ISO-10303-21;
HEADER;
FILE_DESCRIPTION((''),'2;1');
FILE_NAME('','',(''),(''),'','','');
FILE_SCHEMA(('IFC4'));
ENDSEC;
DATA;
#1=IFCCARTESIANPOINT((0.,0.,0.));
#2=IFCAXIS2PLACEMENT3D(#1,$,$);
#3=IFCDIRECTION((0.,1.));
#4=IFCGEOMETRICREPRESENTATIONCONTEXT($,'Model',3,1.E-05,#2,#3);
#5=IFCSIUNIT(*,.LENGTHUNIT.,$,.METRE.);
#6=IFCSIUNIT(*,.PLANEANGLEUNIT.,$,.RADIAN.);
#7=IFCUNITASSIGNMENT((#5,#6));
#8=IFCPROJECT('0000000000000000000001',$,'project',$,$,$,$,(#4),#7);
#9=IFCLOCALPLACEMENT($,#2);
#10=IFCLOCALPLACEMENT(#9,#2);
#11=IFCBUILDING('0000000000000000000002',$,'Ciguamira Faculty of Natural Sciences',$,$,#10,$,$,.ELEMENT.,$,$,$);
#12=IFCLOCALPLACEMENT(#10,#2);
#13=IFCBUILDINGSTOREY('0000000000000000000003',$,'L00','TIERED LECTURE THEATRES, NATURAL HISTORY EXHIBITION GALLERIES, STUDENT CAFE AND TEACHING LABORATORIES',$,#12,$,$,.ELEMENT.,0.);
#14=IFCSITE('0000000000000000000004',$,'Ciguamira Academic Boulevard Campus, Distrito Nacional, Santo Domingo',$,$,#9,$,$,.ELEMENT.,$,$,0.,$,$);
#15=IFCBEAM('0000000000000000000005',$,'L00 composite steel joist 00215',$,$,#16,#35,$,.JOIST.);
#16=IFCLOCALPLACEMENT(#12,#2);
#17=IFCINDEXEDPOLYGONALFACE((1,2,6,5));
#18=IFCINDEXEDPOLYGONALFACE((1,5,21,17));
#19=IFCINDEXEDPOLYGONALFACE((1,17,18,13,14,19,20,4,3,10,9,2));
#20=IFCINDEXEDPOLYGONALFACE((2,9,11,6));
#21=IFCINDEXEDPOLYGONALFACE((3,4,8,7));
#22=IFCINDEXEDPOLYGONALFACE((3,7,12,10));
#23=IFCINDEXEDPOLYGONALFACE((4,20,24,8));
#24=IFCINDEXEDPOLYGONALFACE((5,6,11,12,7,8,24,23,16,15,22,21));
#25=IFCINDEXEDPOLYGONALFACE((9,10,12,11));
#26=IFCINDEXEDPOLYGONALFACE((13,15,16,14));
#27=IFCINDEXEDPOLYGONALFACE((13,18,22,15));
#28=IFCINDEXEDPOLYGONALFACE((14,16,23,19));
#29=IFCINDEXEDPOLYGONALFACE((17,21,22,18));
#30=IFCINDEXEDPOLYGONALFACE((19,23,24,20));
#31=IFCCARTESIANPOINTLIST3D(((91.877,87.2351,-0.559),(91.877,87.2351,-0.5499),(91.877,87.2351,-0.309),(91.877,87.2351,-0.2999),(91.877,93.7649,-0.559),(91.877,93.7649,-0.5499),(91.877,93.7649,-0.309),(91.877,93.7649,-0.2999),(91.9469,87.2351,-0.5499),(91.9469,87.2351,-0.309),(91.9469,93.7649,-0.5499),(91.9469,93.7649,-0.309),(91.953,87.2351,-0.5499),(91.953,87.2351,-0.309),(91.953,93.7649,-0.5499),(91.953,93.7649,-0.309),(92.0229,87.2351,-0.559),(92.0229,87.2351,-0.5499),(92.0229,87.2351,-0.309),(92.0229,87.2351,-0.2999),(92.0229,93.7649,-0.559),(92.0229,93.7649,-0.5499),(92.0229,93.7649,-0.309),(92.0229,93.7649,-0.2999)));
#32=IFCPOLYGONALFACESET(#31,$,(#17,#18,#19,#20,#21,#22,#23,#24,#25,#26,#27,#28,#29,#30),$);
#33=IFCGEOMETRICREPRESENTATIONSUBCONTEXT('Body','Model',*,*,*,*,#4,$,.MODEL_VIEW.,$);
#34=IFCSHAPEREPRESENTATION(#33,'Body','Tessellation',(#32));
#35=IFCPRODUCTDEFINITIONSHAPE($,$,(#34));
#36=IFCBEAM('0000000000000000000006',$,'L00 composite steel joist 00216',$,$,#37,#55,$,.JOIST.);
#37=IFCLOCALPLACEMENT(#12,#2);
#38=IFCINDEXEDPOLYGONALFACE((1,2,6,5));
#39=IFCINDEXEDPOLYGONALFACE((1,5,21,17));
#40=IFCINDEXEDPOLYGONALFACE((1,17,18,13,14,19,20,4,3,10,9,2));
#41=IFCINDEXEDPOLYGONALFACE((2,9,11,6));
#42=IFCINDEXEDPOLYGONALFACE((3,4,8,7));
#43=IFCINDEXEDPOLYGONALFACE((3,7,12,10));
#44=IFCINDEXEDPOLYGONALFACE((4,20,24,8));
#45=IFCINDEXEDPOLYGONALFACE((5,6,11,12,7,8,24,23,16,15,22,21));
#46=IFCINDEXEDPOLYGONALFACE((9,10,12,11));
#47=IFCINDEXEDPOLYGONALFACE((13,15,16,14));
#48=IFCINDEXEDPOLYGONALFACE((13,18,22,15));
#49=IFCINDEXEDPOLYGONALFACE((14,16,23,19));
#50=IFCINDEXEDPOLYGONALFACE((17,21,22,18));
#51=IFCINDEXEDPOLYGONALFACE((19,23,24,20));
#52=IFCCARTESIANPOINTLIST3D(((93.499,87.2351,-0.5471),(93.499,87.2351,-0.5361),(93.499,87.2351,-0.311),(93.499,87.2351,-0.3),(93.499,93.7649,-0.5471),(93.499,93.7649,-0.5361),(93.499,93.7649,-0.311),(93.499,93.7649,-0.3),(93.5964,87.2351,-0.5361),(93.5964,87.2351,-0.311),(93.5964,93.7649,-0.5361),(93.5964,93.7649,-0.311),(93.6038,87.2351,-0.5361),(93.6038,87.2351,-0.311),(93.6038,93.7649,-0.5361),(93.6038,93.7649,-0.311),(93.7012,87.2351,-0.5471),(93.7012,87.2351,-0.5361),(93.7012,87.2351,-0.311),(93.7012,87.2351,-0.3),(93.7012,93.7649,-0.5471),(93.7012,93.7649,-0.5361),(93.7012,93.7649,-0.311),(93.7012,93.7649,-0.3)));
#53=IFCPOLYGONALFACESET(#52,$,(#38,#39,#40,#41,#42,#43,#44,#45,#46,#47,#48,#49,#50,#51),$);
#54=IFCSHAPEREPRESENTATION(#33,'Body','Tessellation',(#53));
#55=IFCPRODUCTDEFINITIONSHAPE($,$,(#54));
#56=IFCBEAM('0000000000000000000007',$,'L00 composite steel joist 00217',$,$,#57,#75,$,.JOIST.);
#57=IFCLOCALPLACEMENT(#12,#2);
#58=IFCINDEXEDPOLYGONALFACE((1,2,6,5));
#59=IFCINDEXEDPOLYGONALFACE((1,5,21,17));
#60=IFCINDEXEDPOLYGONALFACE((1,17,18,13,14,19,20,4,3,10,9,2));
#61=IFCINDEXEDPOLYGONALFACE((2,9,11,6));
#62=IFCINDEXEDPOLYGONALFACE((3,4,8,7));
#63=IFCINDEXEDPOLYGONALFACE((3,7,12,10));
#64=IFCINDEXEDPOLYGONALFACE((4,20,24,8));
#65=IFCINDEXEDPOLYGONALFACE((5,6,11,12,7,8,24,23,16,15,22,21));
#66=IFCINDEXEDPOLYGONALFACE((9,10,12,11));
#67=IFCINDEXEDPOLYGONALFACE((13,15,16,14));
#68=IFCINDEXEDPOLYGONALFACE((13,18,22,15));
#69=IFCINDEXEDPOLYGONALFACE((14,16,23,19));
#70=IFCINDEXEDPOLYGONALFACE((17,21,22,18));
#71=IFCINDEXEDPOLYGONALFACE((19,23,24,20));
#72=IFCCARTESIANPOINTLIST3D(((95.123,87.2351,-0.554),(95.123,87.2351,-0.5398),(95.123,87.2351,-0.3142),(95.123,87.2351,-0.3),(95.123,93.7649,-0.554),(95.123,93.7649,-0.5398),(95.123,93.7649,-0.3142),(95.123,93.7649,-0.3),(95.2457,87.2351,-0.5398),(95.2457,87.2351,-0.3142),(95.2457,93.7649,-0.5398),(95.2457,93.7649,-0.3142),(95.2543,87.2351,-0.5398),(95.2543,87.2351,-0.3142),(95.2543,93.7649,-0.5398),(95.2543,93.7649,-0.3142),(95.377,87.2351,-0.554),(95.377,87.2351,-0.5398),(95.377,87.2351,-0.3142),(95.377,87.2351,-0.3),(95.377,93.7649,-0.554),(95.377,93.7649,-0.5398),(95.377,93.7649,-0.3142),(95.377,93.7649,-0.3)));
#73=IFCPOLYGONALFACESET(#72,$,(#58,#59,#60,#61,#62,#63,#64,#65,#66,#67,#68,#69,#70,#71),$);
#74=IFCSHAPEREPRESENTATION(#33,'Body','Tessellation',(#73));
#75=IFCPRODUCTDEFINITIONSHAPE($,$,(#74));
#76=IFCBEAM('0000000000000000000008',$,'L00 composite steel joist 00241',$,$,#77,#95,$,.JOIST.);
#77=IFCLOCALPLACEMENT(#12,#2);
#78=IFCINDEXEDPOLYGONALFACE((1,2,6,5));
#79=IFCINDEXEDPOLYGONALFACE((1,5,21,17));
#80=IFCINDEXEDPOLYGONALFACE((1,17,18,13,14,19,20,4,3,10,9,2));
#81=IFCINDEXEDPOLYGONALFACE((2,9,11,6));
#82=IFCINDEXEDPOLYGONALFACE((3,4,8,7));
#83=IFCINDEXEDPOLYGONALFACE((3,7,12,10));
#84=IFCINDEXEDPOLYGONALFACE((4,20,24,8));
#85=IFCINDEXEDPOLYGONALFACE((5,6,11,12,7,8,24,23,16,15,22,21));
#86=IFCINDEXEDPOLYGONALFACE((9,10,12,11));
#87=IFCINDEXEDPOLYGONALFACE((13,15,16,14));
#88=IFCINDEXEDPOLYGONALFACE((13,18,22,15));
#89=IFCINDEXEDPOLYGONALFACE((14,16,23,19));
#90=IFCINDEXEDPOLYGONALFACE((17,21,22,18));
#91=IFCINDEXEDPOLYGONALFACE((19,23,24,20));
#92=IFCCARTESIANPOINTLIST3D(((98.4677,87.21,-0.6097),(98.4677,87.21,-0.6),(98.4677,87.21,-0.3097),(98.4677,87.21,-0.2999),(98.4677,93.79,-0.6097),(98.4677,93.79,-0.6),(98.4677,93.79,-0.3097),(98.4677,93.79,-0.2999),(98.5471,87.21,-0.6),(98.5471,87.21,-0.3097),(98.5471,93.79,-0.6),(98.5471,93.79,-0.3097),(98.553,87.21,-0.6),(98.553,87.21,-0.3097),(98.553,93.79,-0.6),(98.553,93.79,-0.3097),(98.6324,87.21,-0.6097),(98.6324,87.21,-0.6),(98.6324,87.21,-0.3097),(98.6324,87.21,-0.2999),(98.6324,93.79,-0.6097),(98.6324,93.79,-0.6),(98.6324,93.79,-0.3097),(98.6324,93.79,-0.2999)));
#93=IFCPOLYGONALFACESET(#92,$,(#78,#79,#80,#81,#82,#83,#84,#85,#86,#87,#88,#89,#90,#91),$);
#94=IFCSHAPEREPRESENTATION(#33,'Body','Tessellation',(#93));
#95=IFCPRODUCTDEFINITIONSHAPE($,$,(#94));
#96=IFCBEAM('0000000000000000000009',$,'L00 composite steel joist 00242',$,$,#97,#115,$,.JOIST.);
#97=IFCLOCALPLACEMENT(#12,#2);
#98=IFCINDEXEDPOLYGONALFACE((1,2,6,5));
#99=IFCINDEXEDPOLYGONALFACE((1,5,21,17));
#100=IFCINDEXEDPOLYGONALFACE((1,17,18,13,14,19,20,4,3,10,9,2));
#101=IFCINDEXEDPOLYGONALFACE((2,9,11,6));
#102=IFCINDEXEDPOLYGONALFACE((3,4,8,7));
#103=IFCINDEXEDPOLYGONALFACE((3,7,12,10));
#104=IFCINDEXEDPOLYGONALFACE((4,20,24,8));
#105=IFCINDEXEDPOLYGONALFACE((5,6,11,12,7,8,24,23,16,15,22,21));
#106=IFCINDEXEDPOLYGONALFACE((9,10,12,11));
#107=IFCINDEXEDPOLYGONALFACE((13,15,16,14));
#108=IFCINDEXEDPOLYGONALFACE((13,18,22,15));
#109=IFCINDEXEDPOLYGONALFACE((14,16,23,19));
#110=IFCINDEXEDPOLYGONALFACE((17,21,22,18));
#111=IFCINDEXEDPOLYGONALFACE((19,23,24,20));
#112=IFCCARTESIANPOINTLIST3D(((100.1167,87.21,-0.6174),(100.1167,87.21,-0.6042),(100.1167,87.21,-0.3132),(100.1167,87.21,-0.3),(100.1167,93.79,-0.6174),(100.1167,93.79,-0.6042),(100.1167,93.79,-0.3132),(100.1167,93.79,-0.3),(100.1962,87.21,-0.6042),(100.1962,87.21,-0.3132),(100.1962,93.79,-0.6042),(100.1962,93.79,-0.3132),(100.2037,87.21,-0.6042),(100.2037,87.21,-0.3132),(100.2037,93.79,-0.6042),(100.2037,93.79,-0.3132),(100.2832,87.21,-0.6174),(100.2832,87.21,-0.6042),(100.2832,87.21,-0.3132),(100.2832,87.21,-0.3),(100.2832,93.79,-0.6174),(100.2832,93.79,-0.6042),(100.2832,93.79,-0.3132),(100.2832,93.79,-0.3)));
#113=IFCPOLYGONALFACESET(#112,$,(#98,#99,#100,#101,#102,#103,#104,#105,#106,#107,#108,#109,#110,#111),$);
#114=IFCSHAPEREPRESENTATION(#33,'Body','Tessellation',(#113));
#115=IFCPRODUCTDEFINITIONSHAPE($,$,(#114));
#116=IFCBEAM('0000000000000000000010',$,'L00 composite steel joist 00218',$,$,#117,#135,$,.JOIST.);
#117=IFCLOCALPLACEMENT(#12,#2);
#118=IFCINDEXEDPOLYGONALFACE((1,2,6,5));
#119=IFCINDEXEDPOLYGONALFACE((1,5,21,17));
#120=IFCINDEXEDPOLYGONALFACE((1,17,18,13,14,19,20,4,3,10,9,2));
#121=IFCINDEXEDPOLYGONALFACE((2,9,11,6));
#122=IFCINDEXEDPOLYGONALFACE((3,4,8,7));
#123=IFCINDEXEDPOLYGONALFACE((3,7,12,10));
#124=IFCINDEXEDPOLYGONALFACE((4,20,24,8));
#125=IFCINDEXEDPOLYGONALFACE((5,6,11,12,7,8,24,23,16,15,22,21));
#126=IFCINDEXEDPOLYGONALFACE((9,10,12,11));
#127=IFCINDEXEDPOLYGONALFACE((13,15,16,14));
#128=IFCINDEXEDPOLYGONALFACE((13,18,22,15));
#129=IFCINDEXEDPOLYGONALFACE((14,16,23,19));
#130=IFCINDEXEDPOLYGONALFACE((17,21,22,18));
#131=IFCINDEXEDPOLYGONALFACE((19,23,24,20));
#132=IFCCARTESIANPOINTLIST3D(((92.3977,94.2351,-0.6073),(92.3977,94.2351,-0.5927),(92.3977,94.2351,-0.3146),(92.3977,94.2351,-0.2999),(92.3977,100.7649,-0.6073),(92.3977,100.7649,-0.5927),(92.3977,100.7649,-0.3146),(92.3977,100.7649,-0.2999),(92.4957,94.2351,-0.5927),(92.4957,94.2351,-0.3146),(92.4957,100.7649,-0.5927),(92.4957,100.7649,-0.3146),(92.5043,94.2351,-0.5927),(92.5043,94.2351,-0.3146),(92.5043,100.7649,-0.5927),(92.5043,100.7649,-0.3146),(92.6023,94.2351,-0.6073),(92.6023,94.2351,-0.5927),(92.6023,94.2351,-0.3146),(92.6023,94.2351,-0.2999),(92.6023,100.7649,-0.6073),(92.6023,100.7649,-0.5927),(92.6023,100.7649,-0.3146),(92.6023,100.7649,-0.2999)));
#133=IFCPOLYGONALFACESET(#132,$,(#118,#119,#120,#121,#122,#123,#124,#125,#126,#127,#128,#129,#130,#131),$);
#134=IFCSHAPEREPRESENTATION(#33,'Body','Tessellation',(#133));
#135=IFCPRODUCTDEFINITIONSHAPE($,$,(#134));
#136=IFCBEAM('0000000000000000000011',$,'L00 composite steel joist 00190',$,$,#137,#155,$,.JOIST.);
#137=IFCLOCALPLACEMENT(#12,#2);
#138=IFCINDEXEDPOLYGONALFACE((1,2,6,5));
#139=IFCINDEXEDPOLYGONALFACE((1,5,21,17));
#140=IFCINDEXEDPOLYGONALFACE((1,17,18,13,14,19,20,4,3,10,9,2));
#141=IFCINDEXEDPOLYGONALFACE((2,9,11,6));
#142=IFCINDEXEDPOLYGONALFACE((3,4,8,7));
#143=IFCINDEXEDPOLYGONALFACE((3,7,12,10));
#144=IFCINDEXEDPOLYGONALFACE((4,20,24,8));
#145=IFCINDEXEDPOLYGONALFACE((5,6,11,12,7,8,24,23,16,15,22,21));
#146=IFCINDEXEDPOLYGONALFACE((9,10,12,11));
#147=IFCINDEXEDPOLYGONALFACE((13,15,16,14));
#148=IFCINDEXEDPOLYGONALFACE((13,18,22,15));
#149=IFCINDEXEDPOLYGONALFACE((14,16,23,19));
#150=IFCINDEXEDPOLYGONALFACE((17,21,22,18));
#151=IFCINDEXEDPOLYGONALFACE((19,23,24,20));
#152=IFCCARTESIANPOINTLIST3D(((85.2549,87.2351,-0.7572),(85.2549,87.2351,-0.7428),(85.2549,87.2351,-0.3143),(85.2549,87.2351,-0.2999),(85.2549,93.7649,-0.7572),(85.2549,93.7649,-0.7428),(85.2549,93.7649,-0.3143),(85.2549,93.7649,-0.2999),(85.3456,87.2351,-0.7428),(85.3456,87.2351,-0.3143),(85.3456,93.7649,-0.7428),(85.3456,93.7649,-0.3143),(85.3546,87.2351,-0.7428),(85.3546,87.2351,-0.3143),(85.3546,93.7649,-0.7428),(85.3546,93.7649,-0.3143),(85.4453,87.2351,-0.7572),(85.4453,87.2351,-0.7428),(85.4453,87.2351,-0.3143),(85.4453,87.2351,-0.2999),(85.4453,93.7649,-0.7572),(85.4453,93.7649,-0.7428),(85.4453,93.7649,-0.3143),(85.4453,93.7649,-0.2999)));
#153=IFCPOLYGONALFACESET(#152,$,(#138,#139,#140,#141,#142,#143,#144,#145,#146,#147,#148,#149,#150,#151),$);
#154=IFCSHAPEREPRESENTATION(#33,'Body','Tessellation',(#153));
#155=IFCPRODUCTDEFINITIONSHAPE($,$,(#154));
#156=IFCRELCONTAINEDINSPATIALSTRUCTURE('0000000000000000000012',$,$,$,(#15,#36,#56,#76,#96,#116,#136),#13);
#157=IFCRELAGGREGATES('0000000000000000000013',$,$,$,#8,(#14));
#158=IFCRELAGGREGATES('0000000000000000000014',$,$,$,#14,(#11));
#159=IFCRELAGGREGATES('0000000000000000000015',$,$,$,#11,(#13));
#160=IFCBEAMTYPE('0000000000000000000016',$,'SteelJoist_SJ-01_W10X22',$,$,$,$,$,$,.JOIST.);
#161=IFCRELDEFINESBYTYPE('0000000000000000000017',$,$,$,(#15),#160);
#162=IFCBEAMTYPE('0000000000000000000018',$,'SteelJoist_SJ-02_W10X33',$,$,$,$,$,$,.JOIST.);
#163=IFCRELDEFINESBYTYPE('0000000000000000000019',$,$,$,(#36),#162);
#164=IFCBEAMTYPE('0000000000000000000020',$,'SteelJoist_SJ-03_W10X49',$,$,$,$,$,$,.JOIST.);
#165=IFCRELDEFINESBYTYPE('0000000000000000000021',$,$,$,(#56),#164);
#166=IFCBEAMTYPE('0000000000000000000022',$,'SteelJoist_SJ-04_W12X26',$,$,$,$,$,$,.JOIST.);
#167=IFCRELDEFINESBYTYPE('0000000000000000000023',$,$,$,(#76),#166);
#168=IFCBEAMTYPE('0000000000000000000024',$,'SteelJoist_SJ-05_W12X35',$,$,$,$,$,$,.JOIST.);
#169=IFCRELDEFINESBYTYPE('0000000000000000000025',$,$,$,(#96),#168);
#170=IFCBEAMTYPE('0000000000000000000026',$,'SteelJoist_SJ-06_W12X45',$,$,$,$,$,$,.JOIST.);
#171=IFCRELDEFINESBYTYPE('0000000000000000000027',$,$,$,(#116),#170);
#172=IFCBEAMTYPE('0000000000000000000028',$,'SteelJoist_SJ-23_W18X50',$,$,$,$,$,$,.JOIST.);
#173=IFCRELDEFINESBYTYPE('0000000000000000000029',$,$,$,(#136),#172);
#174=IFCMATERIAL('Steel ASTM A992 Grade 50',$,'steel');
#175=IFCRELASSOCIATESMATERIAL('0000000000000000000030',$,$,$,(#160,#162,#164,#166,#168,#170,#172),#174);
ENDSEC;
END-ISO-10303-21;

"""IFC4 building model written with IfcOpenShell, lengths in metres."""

from ifc_helpers import new_model, si_unit, direction, frame, origin, origin_2d, place, context, subcontext, project, spatial, i_section, extrude, material, material_profile, profile_set, type_object, element, save


model = new_model("IFC4")

# Units and contexts
model_context = context("Model", 3, precision=1e-05, world=origin(), true_north=direction((0.0, 1.0)))
body_context = subcontext(model_context, "Body", "Model", "MODEL_VIEW")
ifc_project = project(units=[si_unit("LENGTHUNIT", "METRE"), si_unit("PLANEANGLEUNIT", "RADIAN")], contexts=[model_context])

# Site, building, storey
site_placement = place(None, origin())
site = spatial("IfcSite", under=ifc_project, at=site_placement, Name="Ciguamira Academic Boulevard Campus, Distrito Nacional, Santo Domingo", CompositionType="ELEMENT", RefElevation=0.0)
building_placement = place(site_placement, origin())
building = spatial("IfcBuilding", under=site, at=building_placement, Name="Ciguamira Faculty of Natural Sciences", CompositionType="ELEMENT")
storey_placement = place(building_placement, origin())
storey = spatial("IfcBuildingStorey", under=building, at=storey_placement, Name="L00", Description="TIERED LECTURE THEATRES, NATURAL HISTORY EXHIBITION GALLERIES, STUDENT CAFE AND TEACHING LABORATORIES", CompositionType="ELEMENT", Elevation=0.0)

# Beams
ifc_material_1 = material(Name="Steel ASTM A992 Grade 50", Category="steel")
ifc_material_profile_1 = material_profile(ifc_material_1, i_section(OverallWidth=0.146, OverallDepth=0.259, WebThickness=0.0061, FlangeThickness=0.009, at=origin_2d()), Name="W10X22")
ifc_profile_set_1 = profile_set([ifc_material_profile_1], Name="Steel ASTM A992 Grade 50")
beam_type_1 = type_object("IfcBeamType", Name="SteelJoist_SJ-01_W10X22", PredefinedType="JOIST", material=ifc_profile_set_1)
beam_1_placement = place(storey_placement, frame((91.95, 87.2351, -0.4294), z_axis=(0.0, 1.0, 0.0), x_axis=(-1.0, 0.0, 0.0)))
element("IfcBeam", 1, at=beam_1_placement, inside=storey, type_object=beam_type_1, Name="L00 composite steel joist 00215", PredefinedType="JOIST", context=body_context, shape_type="SweptSolid", body=[
    extrude(i_section(OverallWidth=0.146, OverallDepth=0.259, WebThickness=0.0061, FlangeThickness=0.009, at=origin_2d()), origin(), (0.0, 0.0, 1.0), 6.5298),
])
ifc_material_profile_2 = material_profile(ifc_material_1, i_section(OverallWidth=0.2021, OverallDepth=0.2471, WebThickness=0.0073, FlangeThickness=0.011, at=origin_2d()), Name="W10X33")
ifc_profile_set_2 = profile_set([ifc_material_profile_2], Name="Steel ASTM A992 Grade 50")
beam_type_2 = type_object("IfcBeamType", Name="SteelJoist_SJ-02_W10X33", PredefinedType="JOIST", material=ifc_profile_set_2)
beam_2_placement = place(storey_placement, frame((93.6001, 87.2351, -0.4236), z_axis=(0.0, 1.0, 0.0), x_axis=(-1.0, 0.0, 0.0)))
element("IfcBeam", 2, at=beam_2_placement, inside=storey, type_object=beam_type_2, Name="L00 composite steel joist 00216", PredefinedType="JOIST", context=body_context, shape_type="SweptSolid", body=[
    extrude(i_section(OverallWidth=0.2021, OverallDepth=0.2471, WebThickness=0.0073, FlangeThickness=0.011, at=origin_2d()), origin(), (0.0, 0.0, 1.0), 6.5298),
])
ifc_material_profile_3 = material_profile(ifc_material_1, i_section(OverallWidth=0.2539, OverallDepth=0.2539, WebThickness=0.0085, FlangeThickness=0.0142, at=origin_2d()), Name="W10X49")
ifc_profile_set_3 = profile_set([ifc_material_profile_3], Name="Steel ASTM A992 Grade 50")
beam_type_3 = type_object("IfcBeamType", Name="SteelJoist_SJ-03_W10X49", PredefinedType="JOIST", material=ifc_profile_set_3)
beam_3_placement = place(storey_placement, frame((95.25, 87.2351, -0.427), z_axis=(0.0, 1.0, 0.0), x_axis=(-1.0, 0.0, 0.0)))
element("IfcBeam", 3, at=beam_3_placement, inside=storey, type_object=beam_type_3, Name="L00 composite steel joist 00217", PredefinedType="JOIST", context=body_context, shape_type="SweptSolid", body=[
    extrude(i_section(OverallWidth=0.2539, OverallDepth=0.2539, WebThickness=0.0085, FlangeThickness=0.0142, at=origin_2d()), origin(), (0.0, 0.0, 1.0), 6.5298),
])
ifc_material_profile_4 = material_profile(ifc_material_1, i_section(OverallWidth=0.1648, OverallDepth=0.3098, WebThickness=0.0059, FlangeThickness=0.0098, at=origin_2d()), Name="W12X26")
ifc_profile_set_4 = profile_set([ifc_material_profile_4], Name="Steel ASTM A992 Grade 50")
beam_type_4 = type_object("IfcBeamType", Name="SteelJoist_SJ-04_W12X26", PredefinedType="JOIST", material=ifc_profile_set_4)
beam_4_placement = place(storey_placement, frame((98.55, 87.21, -0.4548), z_axis=(0.0, 1.0, 0.0), x_axis=(-1.0, 0.0, 0.0)))
element("IfcBeam", 4, at=beam_4_placement, inside=storey, type_object=beam_type_4, Name="L00 composite steel joist 00241", PredefinedType="JOIST", context=body_context, shape_type="SweptSolid", body=[
    extrude(i_section(OverallWidth=0.1648, OverallDepth=0.3098, WebThickness=0.0059, FlangeThickness=0.0098, at=origin_2d()), origin(), (0.0, 0.0, 1.0), 6.5801),
])
ifc_material_profile_5 = material_profile(ifc_material_1, i_section(OverallWidth=0.1665, OverallDepth=0.3174, WebThickness=0.0076, FlangeThickness=0.0132, at=origin_2d()), Name="W12X35")
ifc_profile_set_5 = profile_set([ifc_material_profile_5], Name="Steel ASTM A992 Grade 50")
beam_type_5 = type_object("IfcBeamType", Name="SteelJoist_SJ-05_W12X35", PredefinedType="JOIST", material=ifc_profile_set_5)
beam_5_placement = place(storey_placement, frame((100.2, 87.21, -0.4587), z_axis=(0.0, 1.0, 0.0), x_axis=(-1.0, 0.0, 0.0)))
element("IfcBeam", 5, at=beam_5_placement, inside=storey, type_object=beam_type_5, Name="L00 composite steel joist 00242", PredefinedType="JOIST", context=body_context, shape_type="SweptSolid", body=[
    extrude(i_section(OverallWidth=0.1665, OverallDepth=0.3174, WebThickness=0.0076, FlangeThickness=0.0132, at=origin_2d()), origin(), (0.0, 0.0, 1.0), 6.5801),
])
ifc_material_profile_6 = material_profile(ifc_material_1, i_section(OverallWidth=0.2046, OverallDepth=0.3074, WebThickness=0.0085, FlangeThickness=0.0146, at=origin_2d()), Name="W12X45")
ifc_profile_set_6 = profile_set([ifc_material_profile_6], Name="Steel ASTM A992 Grade 50")
beam_type_6 = type_object("IfcBeamType", Name="SteelJoist_SJ-06_W12X45", PredefinedType="JOIST", material=ifc_profile_set_6)
beam_6_placement = place(storey_placement, frame((92.5, 94.2351, -0.4536), z_axis=(0.0, 1.0, 0.0), x_axis=(-1.0, 0.0, 0.0)))
element("IfcBeam", 6, at=beam_6_placement, inside=storey, type_object=beam_type_6, Name="L00 composite steel joist 00218", PredefinedType="JOIST", context=body_context, shape_type="SweptSolid", body=[
    extrude(i_section(OverallWidth=0.2046, OverallDepth=0.3074, WebThickness=0.0085, FlangeThickness=0.0146, at=origin_2d()), origin(), (0.0, 0.0, 1.0), 6.5298),
])
ifc_material_profile_7 = material_profile(ifc_material_1, i_section(OverallWidth=0.1904, OverallDepth=0.4573, WebThickness=0.009, FlangeThickness=0.0144, at=origin_2d()), Name="W18X50")
ifc_profile_set_7 = profile_set([ifc_material_profile_7], Name="Steel ASTM A992 Grade 50")
beam_type_7 = type_object("IfcBeamType", Name="SteelJoist_SJ-23_W18X50", PredefinedType="JOIST", material=ifc_profile_set_7)
beam_7_placement = place(storey_placement, frame((85.3501, 87.2351, -0.5286), z_axis=(0.0, 1.0, 0.0), x_axis=(-1.0, 0.0, 0.0)))
element("IfcBeam", 7, at=beam_7_placement, inside=storey, type_object=beam_type_7, Name="L00 composite steel joist 00190", PredefinedType="JOIST", context=body_context, shape_type="SweptSolid", body=[
    extrude(i_section(OverallWidth=0.1904, OverallDepth=0.4573, WebThickness=0.009, FlangeThickness=0.0144, at=origin_2d()), origin(), (0.0, 0.0, 1.0), 6.5298),
])

save(model, "model.ifc")
